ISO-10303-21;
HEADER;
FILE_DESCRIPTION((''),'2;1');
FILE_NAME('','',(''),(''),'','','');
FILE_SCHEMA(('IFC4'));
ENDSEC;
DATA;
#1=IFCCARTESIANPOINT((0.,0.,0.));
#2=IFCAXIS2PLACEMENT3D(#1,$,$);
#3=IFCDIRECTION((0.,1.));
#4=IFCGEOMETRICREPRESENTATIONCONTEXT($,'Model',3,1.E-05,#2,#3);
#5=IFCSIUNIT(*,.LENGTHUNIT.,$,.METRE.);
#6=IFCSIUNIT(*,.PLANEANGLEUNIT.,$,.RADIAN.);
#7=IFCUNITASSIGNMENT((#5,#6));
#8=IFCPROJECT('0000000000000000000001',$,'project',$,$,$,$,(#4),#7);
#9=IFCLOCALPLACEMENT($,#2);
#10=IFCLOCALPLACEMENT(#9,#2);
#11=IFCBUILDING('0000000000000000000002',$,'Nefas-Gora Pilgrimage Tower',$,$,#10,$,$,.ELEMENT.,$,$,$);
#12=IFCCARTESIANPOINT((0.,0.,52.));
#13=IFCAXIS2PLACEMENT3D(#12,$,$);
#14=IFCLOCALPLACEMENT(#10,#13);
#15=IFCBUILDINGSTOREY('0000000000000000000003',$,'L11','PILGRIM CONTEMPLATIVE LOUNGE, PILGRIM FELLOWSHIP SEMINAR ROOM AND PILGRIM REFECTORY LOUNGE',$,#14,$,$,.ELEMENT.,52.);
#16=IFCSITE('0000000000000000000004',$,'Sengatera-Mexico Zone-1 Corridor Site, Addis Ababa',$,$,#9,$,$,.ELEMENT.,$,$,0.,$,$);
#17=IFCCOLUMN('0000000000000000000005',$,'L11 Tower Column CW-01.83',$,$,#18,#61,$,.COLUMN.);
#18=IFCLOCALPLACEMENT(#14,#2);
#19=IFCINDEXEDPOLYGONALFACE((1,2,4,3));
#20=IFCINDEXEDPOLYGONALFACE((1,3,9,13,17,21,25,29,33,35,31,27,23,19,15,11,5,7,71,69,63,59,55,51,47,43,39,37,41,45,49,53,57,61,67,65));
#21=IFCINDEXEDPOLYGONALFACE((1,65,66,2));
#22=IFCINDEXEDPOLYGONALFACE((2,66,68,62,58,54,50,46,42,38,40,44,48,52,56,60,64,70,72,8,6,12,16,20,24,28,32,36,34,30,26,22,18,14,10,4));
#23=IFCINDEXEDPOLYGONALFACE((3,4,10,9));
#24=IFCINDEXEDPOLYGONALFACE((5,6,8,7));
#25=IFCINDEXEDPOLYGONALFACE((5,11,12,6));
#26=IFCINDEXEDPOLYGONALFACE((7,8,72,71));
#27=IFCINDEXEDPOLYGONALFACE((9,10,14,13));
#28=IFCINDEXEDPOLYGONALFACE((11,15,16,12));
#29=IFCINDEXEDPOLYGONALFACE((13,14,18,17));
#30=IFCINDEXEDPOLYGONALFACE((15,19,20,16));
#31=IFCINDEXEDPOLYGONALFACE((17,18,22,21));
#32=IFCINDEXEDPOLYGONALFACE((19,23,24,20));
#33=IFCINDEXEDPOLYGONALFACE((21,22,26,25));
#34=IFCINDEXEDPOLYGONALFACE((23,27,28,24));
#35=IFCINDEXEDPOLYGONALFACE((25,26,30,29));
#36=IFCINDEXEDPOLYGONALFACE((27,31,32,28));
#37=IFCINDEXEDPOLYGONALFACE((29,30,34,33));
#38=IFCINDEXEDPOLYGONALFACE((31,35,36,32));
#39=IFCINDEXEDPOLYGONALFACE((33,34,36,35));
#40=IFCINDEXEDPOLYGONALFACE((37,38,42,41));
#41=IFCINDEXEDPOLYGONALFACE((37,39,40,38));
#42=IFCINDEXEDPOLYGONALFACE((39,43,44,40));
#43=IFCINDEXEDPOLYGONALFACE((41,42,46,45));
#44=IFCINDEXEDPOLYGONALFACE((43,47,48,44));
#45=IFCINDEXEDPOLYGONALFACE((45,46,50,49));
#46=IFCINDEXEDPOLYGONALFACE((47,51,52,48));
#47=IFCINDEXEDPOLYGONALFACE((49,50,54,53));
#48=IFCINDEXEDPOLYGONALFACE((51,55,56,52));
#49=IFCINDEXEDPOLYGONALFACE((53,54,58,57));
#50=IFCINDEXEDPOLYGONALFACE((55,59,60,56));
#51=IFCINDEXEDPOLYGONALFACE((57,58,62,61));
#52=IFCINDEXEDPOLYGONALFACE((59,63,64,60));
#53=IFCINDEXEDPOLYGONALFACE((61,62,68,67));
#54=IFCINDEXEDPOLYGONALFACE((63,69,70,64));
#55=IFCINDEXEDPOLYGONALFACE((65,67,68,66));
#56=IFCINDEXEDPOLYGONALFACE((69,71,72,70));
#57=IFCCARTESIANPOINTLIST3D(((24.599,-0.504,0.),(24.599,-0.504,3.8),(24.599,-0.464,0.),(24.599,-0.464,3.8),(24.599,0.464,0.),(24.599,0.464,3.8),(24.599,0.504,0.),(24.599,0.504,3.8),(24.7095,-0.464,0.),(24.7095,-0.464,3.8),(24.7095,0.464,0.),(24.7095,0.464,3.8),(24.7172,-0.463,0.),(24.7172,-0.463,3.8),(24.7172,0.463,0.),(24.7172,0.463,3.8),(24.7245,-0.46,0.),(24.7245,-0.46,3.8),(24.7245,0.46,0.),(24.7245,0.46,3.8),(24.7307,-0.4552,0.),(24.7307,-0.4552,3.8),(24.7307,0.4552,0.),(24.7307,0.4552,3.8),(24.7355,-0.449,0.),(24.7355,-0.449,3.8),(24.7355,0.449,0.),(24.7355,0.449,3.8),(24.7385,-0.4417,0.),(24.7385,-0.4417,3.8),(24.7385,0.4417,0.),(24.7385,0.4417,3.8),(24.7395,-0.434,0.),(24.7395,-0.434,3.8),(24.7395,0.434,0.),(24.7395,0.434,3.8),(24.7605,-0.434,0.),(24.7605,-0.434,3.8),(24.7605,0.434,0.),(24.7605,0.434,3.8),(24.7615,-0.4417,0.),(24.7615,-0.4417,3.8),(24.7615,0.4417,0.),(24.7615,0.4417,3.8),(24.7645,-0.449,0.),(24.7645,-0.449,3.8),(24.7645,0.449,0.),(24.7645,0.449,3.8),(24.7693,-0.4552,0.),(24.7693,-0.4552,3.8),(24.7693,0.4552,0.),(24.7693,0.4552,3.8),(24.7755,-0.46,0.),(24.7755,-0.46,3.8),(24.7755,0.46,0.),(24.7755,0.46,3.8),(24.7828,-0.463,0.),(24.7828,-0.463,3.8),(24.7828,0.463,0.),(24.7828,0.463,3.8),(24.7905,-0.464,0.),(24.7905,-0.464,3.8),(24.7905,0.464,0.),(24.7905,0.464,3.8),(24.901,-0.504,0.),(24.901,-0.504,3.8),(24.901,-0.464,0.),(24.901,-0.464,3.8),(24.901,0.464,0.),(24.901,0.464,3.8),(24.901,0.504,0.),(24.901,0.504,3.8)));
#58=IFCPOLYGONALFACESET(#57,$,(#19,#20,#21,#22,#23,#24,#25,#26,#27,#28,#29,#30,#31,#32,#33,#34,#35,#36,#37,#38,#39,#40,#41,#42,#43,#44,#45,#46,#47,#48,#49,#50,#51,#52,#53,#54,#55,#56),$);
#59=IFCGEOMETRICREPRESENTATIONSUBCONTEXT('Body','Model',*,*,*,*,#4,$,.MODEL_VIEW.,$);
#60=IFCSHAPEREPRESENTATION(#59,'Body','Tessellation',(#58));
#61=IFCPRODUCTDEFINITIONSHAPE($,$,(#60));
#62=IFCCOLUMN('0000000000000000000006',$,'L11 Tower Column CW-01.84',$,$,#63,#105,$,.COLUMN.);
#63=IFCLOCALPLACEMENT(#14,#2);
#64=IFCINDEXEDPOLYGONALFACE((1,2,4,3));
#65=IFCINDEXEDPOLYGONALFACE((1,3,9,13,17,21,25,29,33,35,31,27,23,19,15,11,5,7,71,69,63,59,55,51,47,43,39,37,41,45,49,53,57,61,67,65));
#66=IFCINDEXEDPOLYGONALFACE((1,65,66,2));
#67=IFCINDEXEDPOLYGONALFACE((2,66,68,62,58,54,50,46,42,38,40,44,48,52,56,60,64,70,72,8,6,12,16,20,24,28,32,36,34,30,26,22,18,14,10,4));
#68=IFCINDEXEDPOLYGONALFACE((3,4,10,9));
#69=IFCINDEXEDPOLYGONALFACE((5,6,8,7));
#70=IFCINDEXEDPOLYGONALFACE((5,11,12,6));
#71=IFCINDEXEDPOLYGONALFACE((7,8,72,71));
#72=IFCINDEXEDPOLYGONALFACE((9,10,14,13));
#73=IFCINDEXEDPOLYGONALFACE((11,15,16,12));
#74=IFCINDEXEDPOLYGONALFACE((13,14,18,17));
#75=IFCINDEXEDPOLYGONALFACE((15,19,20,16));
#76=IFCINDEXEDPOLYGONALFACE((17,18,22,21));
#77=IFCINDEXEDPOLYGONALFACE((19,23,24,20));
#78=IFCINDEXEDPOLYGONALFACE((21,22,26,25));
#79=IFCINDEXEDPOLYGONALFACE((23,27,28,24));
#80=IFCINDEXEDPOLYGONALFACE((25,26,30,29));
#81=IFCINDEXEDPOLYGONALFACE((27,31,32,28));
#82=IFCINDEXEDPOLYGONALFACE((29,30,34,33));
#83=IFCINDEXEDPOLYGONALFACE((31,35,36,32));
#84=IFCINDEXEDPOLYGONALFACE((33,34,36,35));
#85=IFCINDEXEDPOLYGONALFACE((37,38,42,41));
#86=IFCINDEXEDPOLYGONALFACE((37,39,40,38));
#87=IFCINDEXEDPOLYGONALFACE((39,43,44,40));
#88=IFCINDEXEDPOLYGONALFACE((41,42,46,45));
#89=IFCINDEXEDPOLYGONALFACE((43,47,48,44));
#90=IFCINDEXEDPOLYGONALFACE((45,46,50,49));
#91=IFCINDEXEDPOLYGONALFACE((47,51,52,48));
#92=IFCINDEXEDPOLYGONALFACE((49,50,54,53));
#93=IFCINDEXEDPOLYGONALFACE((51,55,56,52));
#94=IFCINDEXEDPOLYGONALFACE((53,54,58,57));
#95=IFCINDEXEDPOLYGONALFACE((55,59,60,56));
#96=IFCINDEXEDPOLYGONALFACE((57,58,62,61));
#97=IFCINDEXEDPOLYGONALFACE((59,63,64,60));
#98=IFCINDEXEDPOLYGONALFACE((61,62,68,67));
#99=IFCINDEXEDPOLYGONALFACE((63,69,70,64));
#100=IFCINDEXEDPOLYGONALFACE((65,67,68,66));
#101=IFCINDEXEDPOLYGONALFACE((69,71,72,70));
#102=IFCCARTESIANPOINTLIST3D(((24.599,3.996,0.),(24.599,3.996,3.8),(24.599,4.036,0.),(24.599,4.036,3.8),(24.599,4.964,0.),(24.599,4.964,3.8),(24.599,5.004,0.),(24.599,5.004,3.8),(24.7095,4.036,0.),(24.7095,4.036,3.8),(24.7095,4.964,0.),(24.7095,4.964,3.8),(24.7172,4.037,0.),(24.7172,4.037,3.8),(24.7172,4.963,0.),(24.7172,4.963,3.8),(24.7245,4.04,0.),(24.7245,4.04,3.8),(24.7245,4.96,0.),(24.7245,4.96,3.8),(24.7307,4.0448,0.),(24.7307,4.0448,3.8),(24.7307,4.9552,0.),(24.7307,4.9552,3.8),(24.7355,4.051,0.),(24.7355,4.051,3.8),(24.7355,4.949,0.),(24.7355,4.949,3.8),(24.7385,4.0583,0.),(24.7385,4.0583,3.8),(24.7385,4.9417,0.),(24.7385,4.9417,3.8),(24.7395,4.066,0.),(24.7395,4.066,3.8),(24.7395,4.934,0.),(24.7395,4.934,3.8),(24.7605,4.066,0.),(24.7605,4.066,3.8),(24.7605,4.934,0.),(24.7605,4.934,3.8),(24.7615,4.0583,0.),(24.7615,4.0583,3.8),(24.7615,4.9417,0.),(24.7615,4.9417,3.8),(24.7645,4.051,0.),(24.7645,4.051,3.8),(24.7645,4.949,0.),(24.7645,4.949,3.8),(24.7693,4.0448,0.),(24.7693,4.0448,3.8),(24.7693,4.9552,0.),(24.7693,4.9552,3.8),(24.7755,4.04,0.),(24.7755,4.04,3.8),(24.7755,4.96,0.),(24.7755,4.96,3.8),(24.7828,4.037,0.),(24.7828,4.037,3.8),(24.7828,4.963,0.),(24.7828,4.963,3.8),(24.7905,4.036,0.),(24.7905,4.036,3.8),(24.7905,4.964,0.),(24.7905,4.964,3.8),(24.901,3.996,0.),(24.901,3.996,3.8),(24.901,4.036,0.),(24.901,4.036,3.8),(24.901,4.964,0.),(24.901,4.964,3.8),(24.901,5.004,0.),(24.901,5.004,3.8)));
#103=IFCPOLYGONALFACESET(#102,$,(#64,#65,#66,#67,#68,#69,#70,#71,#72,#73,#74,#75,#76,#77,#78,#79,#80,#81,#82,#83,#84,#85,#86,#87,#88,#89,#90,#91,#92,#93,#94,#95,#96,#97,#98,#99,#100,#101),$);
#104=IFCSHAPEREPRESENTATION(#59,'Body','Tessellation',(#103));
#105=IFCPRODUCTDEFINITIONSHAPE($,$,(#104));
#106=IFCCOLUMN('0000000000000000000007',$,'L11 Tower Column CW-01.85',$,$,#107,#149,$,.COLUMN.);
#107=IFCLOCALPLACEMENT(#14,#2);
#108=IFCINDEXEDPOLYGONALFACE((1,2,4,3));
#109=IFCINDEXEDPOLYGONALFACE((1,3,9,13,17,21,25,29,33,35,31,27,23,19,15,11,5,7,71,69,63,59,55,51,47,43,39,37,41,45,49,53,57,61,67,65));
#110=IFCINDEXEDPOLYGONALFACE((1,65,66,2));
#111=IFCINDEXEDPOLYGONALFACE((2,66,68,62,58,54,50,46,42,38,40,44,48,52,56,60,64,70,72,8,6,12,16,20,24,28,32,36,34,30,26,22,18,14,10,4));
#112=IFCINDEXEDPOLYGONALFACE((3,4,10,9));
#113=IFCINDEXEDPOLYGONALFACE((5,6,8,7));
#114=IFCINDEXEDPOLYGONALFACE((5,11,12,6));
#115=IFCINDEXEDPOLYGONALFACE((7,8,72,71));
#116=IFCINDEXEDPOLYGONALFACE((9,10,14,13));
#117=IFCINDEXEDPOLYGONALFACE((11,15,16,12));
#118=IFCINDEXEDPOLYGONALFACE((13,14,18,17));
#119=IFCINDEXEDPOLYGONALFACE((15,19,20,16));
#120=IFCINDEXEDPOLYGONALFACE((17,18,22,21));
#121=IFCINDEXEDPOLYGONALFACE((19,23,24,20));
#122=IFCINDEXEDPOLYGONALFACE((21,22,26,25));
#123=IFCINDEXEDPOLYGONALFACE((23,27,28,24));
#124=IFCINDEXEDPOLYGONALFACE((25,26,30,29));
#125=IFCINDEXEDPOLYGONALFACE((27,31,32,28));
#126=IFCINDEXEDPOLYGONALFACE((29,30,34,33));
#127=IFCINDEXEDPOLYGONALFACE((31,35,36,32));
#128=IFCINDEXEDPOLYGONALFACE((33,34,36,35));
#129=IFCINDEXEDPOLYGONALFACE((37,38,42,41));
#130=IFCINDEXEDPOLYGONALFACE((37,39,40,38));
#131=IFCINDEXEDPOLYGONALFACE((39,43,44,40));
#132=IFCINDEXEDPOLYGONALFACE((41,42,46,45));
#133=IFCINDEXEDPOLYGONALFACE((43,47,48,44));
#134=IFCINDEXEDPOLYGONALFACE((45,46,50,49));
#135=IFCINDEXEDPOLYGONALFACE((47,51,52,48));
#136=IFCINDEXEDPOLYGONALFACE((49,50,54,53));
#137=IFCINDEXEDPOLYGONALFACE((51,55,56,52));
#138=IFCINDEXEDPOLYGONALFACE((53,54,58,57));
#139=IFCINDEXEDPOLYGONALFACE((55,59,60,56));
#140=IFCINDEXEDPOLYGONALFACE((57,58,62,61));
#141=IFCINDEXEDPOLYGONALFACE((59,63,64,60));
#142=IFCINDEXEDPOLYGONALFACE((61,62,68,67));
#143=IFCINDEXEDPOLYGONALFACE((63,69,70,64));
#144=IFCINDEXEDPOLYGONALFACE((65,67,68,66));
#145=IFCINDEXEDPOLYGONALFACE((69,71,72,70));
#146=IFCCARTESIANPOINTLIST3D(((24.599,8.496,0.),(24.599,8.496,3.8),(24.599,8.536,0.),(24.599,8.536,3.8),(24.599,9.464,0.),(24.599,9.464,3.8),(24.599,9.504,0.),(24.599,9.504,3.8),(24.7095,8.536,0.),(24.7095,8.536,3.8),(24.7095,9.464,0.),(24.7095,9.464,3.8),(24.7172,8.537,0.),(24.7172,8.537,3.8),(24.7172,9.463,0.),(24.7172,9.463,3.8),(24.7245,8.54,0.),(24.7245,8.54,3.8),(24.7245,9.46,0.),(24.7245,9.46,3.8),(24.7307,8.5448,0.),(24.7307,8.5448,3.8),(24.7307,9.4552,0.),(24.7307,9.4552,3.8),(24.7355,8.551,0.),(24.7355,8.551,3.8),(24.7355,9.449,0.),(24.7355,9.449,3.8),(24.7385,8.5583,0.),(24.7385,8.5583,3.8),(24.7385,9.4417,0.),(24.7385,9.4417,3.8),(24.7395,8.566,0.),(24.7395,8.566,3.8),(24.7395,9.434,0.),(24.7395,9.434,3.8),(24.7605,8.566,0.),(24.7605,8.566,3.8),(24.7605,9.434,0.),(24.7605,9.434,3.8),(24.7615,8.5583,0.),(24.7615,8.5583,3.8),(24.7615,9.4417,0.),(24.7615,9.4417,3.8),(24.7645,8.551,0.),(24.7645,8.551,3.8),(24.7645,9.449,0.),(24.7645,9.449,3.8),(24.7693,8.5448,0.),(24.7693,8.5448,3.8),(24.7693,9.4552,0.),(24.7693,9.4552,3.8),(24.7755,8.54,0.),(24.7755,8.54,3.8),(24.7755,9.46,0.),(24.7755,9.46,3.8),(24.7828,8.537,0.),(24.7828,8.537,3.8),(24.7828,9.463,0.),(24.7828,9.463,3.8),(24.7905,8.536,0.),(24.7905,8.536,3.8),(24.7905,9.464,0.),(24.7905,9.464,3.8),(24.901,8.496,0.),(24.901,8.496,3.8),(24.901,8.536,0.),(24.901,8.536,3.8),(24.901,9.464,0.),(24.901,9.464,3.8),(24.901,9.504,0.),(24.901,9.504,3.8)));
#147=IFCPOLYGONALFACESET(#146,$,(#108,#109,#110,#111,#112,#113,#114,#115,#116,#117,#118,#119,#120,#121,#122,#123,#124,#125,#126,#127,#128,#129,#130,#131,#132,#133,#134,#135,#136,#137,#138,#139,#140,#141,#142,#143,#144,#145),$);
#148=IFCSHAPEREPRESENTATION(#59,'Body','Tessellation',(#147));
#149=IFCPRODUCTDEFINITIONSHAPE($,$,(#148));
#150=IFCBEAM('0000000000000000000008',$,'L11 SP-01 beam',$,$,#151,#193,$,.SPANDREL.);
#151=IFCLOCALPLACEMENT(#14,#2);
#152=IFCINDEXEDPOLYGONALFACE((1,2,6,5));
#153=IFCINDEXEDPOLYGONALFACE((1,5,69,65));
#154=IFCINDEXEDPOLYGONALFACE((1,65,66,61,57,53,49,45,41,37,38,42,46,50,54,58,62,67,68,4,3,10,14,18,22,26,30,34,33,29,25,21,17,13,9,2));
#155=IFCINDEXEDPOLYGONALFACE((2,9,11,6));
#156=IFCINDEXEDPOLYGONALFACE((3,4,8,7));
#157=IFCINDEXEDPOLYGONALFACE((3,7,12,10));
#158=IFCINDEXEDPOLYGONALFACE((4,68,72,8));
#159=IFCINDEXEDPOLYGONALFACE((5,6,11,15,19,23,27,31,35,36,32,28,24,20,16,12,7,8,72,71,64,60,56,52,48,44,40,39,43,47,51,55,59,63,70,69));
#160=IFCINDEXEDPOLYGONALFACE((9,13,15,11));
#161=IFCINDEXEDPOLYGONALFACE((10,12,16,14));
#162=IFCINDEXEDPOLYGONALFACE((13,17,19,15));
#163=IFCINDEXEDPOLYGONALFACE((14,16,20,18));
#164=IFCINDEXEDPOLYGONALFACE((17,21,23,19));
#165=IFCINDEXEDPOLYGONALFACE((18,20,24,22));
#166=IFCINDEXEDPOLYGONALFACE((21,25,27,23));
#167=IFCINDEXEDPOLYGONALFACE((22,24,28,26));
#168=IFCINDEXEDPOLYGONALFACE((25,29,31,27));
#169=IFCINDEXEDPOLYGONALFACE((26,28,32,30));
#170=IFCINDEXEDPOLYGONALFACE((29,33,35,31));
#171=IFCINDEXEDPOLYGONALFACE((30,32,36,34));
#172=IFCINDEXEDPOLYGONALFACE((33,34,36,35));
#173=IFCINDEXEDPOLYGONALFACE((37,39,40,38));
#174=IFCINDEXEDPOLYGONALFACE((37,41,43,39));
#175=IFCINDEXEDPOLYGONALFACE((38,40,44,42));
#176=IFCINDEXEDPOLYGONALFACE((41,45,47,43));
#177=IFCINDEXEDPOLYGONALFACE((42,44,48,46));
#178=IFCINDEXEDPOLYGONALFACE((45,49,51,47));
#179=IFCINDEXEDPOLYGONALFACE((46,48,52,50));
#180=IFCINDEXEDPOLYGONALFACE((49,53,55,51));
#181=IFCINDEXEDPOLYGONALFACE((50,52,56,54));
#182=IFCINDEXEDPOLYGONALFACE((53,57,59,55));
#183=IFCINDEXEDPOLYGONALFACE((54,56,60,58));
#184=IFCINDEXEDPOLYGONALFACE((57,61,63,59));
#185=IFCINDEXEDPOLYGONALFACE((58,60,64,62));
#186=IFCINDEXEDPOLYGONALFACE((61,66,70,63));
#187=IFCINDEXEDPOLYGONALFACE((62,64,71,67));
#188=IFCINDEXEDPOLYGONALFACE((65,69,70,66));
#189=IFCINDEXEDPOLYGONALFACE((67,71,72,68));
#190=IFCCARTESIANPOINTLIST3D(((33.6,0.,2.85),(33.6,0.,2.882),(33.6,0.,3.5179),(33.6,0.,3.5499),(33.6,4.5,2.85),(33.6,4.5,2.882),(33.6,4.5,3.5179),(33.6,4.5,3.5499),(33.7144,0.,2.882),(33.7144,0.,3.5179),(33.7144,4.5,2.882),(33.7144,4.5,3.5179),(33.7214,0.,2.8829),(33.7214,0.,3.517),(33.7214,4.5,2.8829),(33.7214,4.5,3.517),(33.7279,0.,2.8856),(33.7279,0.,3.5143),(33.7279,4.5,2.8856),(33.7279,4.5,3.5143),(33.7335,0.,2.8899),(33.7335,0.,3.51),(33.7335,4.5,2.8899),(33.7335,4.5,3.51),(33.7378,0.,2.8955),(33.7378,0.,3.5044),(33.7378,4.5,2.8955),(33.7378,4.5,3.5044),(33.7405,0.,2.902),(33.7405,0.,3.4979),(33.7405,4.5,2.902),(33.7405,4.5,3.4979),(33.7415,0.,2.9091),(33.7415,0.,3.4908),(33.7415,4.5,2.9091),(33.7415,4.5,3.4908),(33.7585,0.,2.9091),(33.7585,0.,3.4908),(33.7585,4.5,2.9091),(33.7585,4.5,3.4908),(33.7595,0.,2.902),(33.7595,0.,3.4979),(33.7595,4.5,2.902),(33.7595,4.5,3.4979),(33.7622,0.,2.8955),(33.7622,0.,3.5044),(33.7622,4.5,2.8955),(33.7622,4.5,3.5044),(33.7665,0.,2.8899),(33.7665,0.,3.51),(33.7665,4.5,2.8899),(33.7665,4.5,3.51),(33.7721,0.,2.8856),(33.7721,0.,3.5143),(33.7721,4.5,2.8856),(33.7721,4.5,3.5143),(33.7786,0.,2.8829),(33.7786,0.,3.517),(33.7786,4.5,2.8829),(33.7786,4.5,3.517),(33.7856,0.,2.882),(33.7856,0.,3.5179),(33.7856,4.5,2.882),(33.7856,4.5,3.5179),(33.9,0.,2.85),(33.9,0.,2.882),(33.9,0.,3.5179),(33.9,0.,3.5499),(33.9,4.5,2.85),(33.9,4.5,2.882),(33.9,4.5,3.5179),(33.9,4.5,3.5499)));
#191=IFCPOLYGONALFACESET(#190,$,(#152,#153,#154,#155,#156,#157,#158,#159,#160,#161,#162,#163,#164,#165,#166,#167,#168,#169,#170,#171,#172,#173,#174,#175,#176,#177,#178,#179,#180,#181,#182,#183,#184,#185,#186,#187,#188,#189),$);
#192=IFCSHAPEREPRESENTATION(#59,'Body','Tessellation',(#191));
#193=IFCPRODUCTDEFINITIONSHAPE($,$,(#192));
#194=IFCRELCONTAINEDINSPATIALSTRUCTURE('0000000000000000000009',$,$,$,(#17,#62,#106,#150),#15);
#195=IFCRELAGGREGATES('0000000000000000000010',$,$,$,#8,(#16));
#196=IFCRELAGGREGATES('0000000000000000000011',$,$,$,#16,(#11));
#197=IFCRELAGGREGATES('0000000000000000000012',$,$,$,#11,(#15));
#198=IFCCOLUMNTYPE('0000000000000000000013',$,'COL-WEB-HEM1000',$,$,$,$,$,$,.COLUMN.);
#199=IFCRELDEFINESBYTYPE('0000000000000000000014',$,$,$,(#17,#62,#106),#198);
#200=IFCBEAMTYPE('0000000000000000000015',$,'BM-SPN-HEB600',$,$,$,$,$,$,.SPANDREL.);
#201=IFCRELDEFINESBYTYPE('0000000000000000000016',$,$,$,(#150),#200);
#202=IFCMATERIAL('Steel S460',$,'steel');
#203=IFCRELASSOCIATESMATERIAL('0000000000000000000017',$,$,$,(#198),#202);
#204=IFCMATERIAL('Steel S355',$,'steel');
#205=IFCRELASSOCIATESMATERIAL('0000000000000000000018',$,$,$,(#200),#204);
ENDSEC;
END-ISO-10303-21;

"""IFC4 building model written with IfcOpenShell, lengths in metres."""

from ifc_helpers import new_model, si_unit, direction, frame, origin, origin_2d, place, context, subcontext, project, spatial, i_section, extrude, source, transform, mapped, material, material_profile, profile_set, type_object, element, save


model = new_model("IFC4")

# Units and contexts
model_context = context("Model", 3, precision=1e-05, world=origin(), true_north=direction((0.0, 1.0)))
body_context = subcontext(model_context, "Body", "Model", "MODEL_VIEW")
ifc_project = project(units=[si_unit("LENGTHUNIT", "METRE"), si_unit("PLANEANGLEUNIT", "RADIAN")], contexts=[model_context])

# Site, building, storey
site_placement = place(None, origin())
site = spatial("IfcSite", under=ifc_project, at=site_placement, Name="Sengatera-Mexico Zone-1 Corridor Site, Addis Ababa", CompositionType="ELEMENT", RefElevation=0.0)
building_placement = place(site_placement, origin())
building = spatial("IfcBuilding", under=site, at=building_placement, Name="Nefas-Gora Pilgrimage Tower", CompositionType="ELEMENT")
storey_placement = place(building_placement, frame((0.0, 0.0, 52.0)))
storey = spatial("IfcBuildingStorey", under=building, at=storey_placement, Name="L11", Description="PILGRIM CONTEMPLATIVE LOUNGE, PILGRIM FELLOWSHIP SEMINAR ROOM AND PILGRIM REFECTORY LOUNGE", CompositionType="ELEMENT", Elevation=52.0)

# Columns
ifc_material_1 = material(Name="Steel S460", Category="steel")
ifc_material_profile_1 = material_profile(ifc_material_1, i_section(OverallWidth=0.302, OverallDepth=1.0081, WebThickness=0.021, FlangeThickness=0.04, FilletRadius=0.03, at=origin_2d()), Name="HEM 1000")
ifc_profile_set_1 = profile_set([ifc_material_profile_1], Name="Steel S460")
column_type_1 = type_object("IfcColumnType", Name="COL-WEB-HEM1000", PredefinedType="COLUMN", material=ifc_profile_set_1)
shared_shape_1 = source(origin(), body_context, "Body", "SweptSolid", [
    extrude(i_section(OverallWidth=0.302, OverallDepth=1.0081, WebThickness=0.021, FlangeThickness=0.04, FilletRadius=0.03, at=origin_2d()), origin(), (0.0, 0.0, 1.0), 3.8),
])
for number, where, z_axis, x_axis, name in (
    (1, (24.75, 0.0, 0.0), (0.0, 0.0, 1.0), (1.0, 0.0, 0.0), "L11 Tower Column CW-01.83"),
    (2, (24.75, 4.5, 0.0), (0.0, 0.0, 1.0), (1.0, 0.0, 0.0), "L11 Tower Column CW-01.84"),
    (3, (24.75, 9.0, 0.0), (0.0, 0.0, 1.0), (1.0, 0.0, 0.0), "L11 Tower Column CW-01.85"),
):
    element("IfcColumn", number, at=place(storey_placement, frame(where, z_axis=z_axis, x_axis=x_axis)), inside=storey, type_object=column_type_1, Name=name, PredefinedType="COLUMN", context=body_context, shape_type="MappedRepresentation", body=[
        mapped(shared_shape_1, transform((0.0, 0.0, 0.0), x_axis=(1.0, 0.0, 0.0), y_axis=(0.0, 1.0, 0.0), z_axis=(0.0, 0.0, 1.0), scale=1.0)),
    ])

# Beam
ifc_material_2 = material(Name="Steel S355", Category="steel")
ifc_material_profile_2 = material_profile(ifc_material_2, i_section(OverallWidth=0.3, OverallDepth=0.7, WebThickness=0.0171, FlangeThickness=0.032, FilletRadius=0.0271, at=origin_2d()), Name="HEB 700")
ifc_profile_set_2 = profile_set([ifc_material_profile_2], Name="Steel S355")
beam_type_1 = type_object("IfcBeamType", Name="BM-SPN-HEB600", PredefinedType="SPANDREL", material=ifc_profile_set_2)
shared_shape_2 = source(origin(), body_context, "Body", "SweptSolid", [
    extrude(i_section(OverallWidth=0.3, OverallDepth=0.7, WebThickness=0.0171, FlangeThickness=0.032, FilletRadius=0.0271, at=origin_2d()), origin(), (0.0, 0.0, 1.0), 4.5),
])
for number, where, z_axis, x_axis, name in (
    (4, (33.75, 0.0, 3.2), (0.0, 1.0, 0.0), (-1.0, 0.0, 0.0), "L11 SP-01 beam"),
):
    element("IfcBeam", number, at=place(storey_placement, frame(where, z_axis=z_axis, x_axis=x_axis)), inside=storey, type_object=beam_type_1, Name=name, PredefinedType="SPANDREL", context=body_context, shape_type="MappedRepresentation", body=[
        mapped(shared_shape_2, transform((0.0, 0.0, 0.0), x_axis=(1.0, 0.0, 0.0), y_axis=(0.0, 1.0, 0.0), z_axis=(0.0, 0.0, 1.0), scale=1.0)),
    ])

save(model, "model.ifc")
